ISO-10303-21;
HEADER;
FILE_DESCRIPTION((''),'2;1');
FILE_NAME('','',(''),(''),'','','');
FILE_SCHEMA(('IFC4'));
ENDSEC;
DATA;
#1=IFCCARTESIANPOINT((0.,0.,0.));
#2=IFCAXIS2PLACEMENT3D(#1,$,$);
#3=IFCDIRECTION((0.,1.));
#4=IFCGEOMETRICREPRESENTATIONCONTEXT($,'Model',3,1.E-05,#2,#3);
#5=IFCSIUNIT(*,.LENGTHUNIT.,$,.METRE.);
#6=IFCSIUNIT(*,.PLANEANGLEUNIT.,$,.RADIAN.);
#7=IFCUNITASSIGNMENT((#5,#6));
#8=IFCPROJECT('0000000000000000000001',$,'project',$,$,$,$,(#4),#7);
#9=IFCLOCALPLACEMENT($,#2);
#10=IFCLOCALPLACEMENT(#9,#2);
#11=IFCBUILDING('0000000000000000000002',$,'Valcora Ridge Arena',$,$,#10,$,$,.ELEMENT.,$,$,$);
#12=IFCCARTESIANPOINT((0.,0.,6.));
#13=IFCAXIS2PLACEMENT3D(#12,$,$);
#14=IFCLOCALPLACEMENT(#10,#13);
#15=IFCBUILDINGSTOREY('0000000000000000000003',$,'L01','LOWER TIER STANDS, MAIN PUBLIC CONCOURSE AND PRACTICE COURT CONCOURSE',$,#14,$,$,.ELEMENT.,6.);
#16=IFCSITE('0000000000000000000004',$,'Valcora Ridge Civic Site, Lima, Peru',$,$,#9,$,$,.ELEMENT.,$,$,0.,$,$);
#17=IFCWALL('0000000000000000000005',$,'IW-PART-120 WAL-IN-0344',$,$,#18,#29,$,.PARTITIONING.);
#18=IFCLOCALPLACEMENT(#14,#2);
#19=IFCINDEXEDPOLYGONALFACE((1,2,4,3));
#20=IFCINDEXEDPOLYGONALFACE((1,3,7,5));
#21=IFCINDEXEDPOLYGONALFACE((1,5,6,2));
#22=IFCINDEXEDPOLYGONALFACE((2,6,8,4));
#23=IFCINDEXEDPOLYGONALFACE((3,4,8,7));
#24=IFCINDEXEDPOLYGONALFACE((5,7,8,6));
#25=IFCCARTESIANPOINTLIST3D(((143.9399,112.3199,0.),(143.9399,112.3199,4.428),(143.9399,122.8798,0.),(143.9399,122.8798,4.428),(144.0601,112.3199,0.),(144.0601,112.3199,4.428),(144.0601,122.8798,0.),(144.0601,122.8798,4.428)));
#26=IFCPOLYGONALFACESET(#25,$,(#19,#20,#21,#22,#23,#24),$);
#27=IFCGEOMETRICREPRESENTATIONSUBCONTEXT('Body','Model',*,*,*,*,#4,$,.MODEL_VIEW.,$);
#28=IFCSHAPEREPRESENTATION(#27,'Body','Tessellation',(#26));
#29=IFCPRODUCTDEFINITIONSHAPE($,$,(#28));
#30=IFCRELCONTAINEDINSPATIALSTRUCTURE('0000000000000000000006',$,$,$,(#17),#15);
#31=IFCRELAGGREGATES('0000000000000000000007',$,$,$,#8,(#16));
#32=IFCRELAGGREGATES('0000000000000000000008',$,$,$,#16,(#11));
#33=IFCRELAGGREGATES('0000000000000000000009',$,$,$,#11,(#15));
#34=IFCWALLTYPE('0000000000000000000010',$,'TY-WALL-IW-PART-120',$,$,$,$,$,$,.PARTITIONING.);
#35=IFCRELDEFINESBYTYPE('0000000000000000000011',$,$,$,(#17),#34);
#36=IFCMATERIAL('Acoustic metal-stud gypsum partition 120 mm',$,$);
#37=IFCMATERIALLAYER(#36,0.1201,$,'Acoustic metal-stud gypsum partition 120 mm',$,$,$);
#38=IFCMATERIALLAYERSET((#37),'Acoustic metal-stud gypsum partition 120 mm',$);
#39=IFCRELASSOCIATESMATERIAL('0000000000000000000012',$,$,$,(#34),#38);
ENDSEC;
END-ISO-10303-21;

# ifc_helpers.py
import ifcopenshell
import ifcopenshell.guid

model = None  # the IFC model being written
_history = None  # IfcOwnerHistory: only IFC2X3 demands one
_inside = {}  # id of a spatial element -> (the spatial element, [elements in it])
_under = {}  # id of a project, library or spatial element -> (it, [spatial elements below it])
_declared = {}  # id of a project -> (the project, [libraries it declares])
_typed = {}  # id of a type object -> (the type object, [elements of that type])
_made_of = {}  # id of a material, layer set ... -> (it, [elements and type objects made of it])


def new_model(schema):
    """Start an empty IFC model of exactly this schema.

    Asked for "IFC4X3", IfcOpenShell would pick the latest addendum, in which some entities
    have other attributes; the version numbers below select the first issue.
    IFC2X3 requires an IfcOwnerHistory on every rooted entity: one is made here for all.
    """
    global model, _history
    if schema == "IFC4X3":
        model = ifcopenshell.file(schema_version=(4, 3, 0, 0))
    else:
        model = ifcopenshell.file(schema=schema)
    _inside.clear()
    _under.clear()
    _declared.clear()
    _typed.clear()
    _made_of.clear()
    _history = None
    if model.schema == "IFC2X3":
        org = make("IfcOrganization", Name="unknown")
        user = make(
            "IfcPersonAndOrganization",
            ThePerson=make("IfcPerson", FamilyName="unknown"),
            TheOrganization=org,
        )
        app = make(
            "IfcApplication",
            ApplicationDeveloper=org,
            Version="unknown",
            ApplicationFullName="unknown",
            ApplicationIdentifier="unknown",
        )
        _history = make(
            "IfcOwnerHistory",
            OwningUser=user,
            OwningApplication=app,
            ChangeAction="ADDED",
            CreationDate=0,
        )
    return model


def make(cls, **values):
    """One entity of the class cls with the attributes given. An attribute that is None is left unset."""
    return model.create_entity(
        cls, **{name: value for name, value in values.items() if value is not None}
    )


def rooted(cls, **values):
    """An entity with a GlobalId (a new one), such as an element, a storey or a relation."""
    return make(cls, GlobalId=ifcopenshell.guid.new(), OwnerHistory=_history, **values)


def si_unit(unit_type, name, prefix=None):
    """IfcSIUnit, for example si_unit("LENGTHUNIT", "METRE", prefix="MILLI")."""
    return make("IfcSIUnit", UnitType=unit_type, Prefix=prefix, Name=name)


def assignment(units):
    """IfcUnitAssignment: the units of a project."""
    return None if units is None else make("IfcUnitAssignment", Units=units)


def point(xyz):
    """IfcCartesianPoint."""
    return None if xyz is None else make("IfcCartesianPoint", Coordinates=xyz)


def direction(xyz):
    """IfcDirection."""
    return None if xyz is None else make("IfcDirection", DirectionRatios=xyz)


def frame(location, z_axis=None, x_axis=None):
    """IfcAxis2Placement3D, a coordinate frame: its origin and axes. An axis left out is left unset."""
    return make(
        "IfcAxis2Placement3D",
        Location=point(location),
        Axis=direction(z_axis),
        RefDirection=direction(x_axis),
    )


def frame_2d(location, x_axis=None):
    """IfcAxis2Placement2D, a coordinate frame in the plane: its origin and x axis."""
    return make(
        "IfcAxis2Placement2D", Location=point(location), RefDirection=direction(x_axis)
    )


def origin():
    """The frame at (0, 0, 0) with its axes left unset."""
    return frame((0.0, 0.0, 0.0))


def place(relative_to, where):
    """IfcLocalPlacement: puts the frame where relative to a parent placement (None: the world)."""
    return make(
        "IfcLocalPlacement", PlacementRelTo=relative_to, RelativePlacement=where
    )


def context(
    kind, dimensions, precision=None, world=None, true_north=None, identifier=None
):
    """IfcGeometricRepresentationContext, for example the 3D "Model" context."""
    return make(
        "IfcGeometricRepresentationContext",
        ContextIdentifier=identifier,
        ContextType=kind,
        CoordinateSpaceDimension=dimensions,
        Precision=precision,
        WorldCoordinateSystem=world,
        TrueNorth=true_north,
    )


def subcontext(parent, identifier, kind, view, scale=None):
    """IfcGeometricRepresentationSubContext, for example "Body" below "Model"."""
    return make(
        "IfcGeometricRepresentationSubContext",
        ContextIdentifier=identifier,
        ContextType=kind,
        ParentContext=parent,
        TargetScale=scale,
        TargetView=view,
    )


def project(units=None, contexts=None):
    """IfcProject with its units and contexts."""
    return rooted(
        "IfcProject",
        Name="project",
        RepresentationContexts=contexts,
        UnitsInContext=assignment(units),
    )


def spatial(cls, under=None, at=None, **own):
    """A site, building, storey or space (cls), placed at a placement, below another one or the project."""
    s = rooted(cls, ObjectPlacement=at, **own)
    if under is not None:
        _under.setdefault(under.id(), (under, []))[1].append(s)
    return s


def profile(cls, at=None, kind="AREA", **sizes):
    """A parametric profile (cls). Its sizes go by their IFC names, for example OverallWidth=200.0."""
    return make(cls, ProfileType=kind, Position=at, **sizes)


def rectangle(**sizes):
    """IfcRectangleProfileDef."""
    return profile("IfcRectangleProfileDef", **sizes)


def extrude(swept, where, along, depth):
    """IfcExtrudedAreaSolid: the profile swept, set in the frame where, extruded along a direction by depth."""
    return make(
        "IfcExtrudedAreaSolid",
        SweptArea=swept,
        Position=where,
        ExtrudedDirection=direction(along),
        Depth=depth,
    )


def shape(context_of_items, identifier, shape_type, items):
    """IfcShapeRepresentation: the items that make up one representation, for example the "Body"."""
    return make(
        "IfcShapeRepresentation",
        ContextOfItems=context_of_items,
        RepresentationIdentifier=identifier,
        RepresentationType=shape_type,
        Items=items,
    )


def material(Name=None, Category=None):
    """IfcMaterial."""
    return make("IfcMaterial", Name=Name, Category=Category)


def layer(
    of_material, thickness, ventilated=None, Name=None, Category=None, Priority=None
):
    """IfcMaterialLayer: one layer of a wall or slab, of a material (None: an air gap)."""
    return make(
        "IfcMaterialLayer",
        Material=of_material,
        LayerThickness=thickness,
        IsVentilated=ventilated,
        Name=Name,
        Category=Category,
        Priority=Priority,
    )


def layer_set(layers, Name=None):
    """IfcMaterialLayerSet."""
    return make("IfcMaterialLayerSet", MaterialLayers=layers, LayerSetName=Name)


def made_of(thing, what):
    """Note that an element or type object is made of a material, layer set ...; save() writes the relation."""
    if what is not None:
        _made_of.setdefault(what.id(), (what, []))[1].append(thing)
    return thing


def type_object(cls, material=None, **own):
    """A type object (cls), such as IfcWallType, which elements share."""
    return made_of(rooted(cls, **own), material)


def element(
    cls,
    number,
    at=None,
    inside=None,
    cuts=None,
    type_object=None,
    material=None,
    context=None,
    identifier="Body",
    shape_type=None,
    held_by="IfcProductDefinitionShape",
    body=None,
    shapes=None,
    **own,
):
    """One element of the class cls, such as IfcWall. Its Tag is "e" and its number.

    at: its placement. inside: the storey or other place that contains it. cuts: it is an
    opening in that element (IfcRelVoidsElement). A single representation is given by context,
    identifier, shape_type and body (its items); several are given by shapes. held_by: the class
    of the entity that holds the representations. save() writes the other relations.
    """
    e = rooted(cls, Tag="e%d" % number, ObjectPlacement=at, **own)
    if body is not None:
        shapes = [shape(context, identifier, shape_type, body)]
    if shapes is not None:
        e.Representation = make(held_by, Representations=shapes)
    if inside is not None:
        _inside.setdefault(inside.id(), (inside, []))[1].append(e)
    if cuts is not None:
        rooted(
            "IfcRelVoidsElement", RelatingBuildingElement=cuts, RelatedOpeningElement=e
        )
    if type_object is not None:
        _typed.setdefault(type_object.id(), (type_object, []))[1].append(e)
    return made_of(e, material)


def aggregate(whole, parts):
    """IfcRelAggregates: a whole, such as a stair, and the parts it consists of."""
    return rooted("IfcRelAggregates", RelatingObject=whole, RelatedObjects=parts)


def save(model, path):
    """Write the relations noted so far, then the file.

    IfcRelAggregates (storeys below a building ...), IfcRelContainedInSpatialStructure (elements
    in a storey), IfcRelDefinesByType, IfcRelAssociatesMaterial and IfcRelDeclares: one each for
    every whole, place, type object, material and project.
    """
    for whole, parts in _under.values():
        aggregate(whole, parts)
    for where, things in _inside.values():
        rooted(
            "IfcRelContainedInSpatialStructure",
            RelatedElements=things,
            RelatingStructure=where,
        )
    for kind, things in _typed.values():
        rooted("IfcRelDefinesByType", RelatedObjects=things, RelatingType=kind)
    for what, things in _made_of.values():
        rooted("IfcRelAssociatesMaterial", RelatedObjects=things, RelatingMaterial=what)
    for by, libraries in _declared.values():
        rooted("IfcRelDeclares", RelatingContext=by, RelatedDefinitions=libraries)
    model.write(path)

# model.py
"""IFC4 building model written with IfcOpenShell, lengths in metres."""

from ifc_helpers import new_model, si_unit, direction, frame, frame_2d, origin, place, context, subcontext, project, spatial, rectangle, extrude, material, layer, layer_set, type_object, element, save


model = new_model("IFC4")

# Units and contexts
model_context = context("Model", 3, precision=1e-05, world=origin(), true_north=direction((0.0, 1.0)))
body_context = subcontext(model_context, "Body", "Model", "MODEL_VIEW")
ifc_project = project(units=[si_unit("LENGTHUNIT", "METRE"), si_unit("PLANEANGLEUNIT", "RADIAN")], contexts=[model_context])

# Site, building, storey
site_placement = place(None, origin())
site = spatial("IfcSite", under=ifc_project, at=site_placement, Name="Valcora Ridge Civic Site, Lima, Peru", CompositionType="ELEMENT", RefElevation=0.0)
building_placement = place(site_placement, origin())
building = spatial("IfcBuilding", under=site, at=building_placement, Name="Valcora Ridge Arena", CompositionType="ELEMENT")
storey_placement = place(building_placement, frame((0.0, 0.0, 6.0)))
storey = spatial("IfcBuildingStorey", under=building, at=storey_placement, Name="L01", Description="LOWER TIER STANDS, MAIN PUBLIC CONCOURSE AND PRACTICE COURT CONCOURSE", CompositionType="ELEMENT", Elevation=6.0)

# Wall
ifc_material_1 = material(Name="Acoustic metal-stud gypsum partition 120 mm")
ifc_layer_1 = layer(ifc_material_1, 0.1201, Name="Acoustic metal-stud gypsum partition 120 mm")
ifc_layer_set_1 = layer_set([ifc_layer_1], Name="Acoustic metal-stud gypsum partition 120 mm")
wall_type = type_object("IfcWallType", Name="TY-WALL-IW-PART-120", PredefinedType="PARTITIONING", material=ifc_layer_set_1)
wall_placement = place(storey_placement, frame((144.0, 112.3201, 0.0), z_axis=(0.0, 0.0, 1.0), x_axis=(0.0, 1.0, 0.0)))
element("IfcWall", 1, at=wall_placement, inside=storey, type_object=wall_type, Name="IW-PART-120 WAL-IN-0344", PredefinedType="PARTITIONING", context=body_context, shape_type="SweptSolid", body=[
    extrude(rectangle(XDim=10.5598, YDim=0.1201, at=frame_2d((5.2798, 0.0))), origin(), (0.0, 0.0, 1.0), 4.428),
])

save(model, "model.ifc")
